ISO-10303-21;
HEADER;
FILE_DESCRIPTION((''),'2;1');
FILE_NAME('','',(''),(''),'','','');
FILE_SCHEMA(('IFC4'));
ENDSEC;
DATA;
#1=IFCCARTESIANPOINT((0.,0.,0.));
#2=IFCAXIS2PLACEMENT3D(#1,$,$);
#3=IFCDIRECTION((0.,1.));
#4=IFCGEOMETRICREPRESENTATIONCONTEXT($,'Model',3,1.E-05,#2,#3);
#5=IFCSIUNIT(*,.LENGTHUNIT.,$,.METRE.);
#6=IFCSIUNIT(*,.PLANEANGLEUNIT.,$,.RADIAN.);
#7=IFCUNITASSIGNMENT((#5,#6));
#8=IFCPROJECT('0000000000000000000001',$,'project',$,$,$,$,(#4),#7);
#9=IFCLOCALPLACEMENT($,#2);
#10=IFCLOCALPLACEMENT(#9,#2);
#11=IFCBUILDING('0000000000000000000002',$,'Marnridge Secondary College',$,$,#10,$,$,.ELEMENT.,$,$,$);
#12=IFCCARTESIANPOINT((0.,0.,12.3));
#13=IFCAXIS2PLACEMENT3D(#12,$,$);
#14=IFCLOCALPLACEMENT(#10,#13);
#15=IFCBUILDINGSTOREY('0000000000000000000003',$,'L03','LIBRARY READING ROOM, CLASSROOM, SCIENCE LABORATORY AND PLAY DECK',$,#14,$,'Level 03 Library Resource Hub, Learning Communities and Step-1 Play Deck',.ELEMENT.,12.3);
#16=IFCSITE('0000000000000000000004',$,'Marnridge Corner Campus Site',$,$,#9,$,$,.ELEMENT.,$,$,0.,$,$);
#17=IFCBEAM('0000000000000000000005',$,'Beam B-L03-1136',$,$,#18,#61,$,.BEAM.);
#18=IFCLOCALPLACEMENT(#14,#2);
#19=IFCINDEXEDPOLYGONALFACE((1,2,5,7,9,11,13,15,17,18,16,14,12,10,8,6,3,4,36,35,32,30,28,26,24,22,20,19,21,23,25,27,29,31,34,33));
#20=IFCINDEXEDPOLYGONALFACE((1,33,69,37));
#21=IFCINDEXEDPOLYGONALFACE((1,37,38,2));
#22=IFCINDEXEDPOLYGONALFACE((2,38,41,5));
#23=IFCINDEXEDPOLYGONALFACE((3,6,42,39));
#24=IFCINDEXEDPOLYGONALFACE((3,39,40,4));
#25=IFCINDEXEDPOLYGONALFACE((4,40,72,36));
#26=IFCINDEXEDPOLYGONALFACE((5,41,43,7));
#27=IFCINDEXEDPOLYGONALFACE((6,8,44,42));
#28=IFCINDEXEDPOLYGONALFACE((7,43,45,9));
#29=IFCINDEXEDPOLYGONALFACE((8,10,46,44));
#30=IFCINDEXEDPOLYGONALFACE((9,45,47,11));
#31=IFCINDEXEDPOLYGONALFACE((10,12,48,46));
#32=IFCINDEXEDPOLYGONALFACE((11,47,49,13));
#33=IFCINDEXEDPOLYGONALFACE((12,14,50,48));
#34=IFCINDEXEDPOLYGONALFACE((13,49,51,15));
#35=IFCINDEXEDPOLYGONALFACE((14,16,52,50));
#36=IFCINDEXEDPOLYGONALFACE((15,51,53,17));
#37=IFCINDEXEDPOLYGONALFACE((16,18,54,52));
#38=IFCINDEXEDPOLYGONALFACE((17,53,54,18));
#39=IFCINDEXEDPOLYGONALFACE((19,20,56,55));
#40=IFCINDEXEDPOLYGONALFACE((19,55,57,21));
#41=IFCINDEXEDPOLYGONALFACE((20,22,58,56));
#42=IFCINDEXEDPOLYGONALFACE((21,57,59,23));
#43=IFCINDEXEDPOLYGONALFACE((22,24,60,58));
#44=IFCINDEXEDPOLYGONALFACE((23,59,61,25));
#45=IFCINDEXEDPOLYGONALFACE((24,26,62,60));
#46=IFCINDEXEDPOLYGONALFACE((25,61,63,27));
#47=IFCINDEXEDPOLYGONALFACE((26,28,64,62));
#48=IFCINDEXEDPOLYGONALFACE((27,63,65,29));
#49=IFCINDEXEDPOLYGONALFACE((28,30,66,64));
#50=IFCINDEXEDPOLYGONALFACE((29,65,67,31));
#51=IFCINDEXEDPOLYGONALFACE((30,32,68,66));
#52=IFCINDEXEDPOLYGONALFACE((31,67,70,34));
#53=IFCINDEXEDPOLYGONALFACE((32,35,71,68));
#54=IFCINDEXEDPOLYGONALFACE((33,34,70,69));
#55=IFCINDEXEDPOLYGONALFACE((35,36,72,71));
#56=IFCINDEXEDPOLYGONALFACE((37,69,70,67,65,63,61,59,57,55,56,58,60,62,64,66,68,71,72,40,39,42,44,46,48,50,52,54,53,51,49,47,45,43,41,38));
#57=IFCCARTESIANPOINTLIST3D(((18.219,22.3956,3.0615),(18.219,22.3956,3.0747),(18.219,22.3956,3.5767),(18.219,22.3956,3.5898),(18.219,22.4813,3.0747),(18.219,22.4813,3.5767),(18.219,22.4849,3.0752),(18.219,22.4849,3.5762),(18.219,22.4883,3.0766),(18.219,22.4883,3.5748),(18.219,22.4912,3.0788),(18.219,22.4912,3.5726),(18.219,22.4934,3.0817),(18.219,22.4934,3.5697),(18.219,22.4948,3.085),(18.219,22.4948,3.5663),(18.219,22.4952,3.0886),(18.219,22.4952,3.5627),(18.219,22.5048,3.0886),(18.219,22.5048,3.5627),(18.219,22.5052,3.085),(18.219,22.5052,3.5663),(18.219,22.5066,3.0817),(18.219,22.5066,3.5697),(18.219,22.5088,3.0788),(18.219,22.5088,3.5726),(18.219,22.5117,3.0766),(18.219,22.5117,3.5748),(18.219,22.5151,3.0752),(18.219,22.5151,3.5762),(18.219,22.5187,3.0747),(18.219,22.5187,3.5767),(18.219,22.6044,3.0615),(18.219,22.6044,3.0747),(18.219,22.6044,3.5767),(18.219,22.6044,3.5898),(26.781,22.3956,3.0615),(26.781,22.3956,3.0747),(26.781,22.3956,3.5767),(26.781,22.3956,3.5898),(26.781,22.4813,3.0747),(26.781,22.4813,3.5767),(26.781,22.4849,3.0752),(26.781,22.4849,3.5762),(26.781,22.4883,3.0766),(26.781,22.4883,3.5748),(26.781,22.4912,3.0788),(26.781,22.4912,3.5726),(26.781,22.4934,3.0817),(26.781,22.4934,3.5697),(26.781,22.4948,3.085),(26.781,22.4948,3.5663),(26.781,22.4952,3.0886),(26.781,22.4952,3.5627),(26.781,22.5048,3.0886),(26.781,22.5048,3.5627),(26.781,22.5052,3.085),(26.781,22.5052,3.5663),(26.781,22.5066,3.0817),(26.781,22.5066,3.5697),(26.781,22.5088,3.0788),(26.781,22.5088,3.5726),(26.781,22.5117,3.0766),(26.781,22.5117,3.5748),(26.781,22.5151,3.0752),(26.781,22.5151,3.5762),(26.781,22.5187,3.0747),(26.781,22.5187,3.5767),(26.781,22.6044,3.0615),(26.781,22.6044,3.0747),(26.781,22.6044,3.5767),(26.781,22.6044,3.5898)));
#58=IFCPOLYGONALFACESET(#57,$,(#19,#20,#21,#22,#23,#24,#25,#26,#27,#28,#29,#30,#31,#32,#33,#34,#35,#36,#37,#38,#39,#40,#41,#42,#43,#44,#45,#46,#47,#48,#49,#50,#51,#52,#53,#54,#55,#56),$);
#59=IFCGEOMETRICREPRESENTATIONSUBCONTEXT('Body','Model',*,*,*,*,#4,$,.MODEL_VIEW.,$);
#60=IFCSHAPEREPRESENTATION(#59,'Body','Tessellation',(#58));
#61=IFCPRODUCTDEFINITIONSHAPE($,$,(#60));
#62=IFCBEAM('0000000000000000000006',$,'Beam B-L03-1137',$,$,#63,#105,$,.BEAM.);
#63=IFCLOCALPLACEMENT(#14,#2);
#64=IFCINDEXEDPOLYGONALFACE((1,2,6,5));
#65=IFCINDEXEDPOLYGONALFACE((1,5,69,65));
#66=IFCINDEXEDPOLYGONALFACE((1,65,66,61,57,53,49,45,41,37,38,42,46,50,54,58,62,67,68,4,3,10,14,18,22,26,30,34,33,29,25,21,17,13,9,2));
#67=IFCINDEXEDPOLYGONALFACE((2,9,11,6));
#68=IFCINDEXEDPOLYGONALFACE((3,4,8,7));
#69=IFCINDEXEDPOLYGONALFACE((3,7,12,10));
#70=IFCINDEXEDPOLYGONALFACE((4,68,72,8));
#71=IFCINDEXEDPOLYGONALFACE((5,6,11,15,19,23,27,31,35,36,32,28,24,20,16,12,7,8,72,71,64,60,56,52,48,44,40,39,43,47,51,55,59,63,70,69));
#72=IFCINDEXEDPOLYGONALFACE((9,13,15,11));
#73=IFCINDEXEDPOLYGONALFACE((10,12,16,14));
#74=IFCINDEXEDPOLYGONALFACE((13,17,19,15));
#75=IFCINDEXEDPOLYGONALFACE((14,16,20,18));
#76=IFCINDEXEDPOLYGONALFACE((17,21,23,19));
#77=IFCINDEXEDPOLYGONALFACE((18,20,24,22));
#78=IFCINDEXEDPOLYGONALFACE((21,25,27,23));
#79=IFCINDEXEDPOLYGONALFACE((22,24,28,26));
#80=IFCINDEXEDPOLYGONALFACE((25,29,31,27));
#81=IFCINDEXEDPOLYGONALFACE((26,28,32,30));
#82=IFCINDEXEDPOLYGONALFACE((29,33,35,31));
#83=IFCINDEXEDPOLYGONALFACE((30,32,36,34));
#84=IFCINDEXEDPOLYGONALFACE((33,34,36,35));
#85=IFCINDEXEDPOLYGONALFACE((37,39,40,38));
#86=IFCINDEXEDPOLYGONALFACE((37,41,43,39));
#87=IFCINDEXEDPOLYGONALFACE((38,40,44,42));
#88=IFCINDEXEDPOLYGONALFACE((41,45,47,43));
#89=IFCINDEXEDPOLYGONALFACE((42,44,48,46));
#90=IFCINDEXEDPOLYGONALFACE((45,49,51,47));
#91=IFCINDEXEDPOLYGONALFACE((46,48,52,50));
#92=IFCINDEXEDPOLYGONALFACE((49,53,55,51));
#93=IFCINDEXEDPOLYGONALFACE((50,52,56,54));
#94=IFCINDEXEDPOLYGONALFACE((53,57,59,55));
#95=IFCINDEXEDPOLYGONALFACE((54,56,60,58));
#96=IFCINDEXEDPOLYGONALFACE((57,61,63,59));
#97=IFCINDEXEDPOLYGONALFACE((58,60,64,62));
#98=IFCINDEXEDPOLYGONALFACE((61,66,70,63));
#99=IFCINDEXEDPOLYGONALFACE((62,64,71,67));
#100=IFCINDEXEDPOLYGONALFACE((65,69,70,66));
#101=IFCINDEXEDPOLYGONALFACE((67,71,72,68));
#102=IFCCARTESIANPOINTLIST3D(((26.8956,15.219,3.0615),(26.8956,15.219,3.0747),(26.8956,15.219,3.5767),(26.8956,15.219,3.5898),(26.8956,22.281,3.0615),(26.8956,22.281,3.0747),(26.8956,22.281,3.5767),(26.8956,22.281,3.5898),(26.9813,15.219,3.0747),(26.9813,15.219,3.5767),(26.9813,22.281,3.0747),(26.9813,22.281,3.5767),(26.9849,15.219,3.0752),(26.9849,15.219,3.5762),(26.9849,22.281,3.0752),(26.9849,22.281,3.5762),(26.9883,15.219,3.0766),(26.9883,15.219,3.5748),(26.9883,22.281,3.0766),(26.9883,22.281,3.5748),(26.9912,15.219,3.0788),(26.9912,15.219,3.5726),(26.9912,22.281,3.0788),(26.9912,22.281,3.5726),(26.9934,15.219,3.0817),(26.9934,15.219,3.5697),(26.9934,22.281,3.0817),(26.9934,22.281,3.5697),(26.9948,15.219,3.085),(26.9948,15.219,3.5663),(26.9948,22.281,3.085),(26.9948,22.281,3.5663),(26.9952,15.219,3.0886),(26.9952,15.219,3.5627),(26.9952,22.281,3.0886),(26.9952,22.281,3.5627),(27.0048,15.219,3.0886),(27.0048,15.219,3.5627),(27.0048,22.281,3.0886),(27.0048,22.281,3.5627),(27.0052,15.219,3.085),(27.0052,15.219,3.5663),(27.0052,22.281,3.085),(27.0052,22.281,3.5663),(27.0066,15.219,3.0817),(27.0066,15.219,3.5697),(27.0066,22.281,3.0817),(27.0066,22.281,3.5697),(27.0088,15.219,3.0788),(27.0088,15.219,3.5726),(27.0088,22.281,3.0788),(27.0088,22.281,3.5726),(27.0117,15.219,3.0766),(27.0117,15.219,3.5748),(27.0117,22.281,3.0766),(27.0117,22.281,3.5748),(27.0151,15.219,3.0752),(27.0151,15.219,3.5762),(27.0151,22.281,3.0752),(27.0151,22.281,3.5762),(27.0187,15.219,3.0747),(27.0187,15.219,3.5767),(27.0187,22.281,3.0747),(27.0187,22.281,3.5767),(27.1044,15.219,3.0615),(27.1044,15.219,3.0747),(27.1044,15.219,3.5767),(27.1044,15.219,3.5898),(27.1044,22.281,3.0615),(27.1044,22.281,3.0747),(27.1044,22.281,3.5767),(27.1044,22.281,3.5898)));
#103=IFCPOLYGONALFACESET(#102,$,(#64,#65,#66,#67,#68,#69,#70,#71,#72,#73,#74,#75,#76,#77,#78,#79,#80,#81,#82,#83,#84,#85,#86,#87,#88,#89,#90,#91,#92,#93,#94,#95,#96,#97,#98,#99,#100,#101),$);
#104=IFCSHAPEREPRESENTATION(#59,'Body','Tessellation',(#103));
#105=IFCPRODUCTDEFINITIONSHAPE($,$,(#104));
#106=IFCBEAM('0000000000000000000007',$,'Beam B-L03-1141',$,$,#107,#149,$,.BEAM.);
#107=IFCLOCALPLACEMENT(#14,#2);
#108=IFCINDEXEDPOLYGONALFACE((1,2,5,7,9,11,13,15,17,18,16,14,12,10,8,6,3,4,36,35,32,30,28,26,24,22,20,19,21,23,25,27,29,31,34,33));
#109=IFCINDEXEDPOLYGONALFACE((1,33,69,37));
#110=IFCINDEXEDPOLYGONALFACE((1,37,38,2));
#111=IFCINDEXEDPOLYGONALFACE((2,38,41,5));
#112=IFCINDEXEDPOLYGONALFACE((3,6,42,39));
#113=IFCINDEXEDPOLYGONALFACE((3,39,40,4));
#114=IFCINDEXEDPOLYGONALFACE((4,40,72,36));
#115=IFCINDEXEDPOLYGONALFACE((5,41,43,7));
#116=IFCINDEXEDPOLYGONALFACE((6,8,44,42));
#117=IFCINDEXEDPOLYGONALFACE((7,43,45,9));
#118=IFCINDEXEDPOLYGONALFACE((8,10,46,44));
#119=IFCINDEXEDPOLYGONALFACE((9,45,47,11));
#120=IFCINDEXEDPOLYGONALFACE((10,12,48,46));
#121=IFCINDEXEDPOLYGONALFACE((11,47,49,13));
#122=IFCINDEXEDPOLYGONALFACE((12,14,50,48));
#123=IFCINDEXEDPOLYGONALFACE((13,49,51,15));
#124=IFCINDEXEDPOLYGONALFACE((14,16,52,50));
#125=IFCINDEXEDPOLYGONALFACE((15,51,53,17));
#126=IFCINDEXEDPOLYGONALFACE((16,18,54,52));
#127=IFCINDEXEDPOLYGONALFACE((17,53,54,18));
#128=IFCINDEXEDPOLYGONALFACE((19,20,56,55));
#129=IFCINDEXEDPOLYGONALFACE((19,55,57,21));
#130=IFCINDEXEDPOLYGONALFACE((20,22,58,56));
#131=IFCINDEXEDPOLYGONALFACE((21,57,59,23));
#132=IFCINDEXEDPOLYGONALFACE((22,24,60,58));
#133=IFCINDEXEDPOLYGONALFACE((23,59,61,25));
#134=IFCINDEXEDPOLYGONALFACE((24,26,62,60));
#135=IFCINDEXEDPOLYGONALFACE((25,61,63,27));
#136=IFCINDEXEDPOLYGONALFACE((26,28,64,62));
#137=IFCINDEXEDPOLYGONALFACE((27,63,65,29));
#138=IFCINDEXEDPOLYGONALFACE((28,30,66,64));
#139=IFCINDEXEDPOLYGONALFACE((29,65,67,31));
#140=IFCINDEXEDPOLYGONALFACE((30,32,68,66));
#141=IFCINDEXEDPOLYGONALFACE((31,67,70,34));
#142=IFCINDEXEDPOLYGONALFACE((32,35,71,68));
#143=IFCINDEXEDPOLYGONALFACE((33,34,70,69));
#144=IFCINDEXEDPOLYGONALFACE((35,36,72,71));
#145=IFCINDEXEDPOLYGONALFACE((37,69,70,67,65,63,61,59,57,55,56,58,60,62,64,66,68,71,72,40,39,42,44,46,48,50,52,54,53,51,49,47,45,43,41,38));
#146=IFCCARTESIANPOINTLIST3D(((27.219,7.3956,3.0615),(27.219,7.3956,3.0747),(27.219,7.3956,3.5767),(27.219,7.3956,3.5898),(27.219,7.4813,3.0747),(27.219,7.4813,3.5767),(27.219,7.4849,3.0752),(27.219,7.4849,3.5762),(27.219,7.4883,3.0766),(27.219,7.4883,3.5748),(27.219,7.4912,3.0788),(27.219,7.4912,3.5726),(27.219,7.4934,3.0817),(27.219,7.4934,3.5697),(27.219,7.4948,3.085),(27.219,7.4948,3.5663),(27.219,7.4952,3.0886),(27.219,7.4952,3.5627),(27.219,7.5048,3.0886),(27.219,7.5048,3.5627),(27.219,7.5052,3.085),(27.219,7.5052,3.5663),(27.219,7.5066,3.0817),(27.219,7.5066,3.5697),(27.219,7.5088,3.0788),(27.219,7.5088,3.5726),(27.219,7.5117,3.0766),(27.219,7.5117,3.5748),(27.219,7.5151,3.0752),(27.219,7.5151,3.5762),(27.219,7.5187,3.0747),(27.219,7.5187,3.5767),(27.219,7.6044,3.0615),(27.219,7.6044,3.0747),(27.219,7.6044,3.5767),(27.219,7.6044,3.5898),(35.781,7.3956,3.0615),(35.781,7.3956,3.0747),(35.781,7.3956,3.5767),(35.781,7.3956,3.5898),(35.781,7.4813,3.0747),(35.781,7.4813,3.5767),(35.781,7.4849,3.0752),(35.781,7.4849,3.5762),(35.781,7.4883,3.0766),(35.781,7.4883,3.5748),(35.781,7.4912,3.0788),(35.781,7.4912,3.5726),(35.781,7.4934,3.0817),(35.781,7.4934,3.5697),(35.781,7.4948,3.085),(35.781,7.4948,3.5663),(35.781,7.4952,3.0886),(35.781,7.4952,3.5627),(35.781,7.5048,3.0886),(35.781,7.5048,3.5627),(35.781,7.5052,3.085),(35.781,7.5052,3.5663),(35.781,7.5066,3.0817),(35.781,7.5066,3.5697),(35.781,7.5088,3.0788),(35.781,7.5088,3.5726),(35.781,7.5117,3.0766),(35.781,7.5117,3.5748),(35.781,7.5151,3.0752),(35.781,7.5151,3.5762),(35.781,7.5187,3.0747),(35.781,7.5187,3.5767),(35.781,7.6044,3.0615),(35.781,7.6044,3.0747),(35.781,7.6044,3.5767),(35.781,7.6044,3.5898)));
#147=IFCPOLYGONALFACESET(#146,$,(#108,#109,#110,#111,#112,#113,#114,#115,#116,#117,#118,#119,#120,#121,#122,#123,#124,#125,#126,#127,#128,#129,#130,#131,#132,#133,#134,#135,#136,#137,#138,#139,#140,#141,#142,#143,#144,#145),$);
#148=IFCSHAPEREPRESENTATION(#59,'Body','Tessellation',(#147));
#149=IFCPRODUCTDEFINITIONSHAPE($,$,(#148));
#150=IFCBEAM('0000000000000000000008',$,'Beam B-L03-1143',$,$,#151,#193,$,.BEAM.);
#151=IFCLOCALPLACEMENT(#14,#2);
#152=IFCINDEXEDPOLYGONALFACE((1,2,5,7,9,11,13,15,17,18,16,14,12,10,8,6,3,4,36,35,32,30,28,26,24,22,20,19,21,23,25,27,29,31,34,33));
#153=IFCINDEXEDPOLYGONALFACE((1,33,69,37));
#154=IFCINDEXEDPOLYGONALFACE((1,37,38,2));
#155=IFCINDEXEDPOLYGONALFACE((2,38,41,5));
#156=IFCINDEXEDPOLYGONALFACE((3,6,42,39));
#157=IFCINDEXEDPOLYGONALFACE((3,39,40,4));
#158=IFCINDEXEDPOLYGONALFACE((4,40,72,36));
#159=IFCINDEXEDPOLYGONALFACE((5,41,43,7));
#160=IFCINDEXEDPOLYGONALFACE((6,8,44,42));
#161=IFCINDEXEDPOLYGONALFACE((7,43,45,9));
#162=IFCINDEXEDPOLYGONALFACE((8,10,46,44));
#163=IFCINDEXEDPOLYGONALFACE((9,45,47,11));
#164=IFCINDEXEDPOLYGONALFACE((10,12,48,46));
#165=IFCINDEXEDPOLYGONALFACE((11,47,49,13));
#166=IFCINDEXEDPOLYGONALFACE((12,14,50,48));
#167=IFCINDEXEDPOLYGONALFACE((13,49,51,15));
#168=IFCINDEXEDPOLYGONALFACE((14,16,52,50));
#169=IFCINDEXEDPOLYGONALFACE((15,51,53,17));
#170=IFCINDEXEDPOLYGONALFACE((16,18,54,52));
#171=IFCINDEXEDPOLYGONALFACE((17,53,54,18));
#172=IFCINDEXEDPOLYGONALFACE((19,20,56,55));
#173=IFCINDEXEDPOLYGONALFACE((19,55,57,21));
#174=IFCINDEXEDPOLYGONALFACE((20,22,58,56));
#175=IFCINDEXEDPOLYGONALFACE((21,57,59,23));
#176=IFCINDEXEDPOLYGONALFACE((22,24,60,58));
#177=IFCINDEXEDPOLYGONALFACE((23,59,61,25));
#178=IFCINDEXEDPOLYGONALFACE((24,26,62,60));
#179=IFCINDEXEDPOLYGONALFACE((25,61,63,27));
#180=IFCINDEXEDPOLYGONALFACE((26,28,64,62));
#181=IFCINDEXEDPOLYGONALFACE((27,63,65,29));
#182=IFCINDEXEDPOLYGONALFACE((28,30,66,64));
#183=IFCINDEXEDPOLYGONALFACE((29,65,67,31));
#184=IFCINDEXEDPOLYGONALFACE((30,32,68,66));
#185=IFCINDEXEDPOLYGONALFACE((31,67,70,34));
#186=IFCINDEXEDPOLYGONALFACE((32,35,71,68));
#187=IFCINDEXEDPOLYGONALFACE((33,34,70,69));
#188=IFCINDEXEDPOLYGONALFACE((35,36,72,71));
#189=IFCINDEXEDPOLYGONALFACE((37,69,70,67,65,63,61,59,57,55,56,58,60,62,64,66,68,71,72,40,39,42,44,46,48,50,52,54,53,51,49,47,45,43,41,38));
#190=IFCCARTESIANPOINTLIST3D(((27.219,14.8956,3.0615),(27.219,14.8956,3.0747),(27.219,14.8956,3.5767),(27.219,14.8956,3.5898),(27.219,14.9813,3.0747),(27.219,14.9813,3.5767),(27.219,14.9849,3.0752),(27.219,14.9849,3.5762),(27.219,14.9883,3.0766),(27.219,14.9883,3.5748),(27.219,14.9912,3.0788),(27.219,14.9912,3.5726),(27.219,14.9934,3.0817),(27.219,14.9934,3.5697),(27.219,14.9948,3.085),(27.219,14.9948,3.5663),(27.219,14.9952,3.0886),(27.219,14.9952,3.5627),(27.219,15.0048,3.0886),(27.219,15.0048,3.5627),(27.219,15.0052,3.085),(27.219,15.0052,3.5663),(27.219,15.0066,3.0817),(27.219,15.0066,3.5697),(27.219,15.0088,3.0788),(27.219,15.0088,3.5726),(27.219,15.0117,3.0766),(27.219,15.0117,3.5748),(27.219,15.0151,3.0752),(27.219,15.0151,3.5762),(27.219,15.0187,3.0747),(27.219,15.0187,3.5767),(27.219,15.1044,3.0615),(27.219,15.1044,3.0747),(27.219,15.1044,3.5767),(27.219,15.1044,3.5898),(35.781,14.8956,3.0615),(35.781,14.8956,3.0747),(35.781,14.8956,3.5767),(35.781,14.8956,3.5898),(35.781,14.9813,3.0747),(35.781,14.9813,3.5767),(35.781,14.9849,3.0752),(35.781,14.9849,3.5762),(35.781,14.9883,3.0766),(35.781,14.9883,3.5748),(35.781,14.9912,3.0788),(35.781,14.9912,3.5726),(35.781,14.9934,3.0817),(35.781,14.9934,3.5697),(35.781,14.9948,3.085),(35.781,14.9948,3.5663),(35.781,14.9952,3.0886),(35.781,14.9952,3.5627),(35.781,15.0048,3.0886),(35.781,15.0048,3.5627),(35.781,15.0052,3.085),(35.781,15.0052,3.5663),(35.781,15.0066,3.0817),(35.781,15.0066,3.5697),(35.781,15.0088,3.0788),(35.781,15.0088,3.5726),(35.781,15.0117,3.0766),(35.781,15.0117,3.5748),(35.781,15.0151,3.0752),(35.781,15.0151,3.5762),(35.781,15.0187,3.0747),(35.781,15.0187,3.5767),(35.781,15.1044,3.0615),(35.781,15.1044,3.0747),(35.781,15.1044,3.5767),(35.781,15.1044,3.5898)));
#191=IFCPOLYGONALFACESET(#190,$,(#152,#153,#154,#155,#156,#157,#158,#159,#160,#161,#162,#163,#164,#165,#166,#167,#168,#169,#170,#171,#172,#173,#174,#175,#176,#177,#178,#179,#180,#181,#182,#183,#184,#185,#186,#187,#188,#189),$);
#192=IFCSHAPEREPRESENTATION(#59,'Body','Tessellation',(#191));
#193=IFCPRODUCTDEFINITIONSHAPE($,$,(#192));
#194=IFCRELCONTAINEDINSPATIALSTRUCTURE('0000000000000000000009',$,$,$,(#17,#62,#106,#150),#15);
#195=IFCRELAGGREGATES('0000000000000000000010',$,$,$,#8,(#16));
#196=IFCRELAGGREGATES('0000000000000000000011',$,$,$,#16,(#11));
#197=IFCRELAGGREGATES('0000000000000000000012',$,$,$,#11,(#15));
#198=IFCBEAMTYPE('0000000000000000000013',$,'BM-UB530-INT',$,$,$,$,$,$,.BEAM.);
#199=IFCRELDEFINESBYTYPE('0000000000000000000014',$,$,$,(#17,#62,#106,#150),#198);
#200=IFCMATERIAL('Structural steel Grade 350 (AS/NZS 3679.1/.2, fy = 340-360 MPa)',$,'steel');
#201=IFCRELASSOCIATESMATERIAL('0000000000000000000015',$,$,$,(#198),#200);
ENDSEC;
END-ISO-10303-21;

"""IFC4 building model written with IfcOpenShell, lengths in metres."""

from ifc_helpers import new_model, si_unit, direction, frame, origin, origin_2d, place, context, subcontext, project, spatial, i_section, extrude, material, material_profile, profile_set, type_object, element, save


model = new_model("IFC4")

# Units and contexts
model_context = context("Model", 3, precision=1e-05, world=origin(), true_north=direction((0.0, 1.0)))
body_context = subcontext(model_context, "Body", "Model", "MODEL_VIEW")
ifc_project = project(units=[si_unit("LENGTHUNIT", "METRE"), si_unit("PLANEANGLEUNIT", "RADIAN")], contexts=[model_context])

# Site, building, storey
site_placement = place(None, origin())
site = spatial("IfcSite", under=ifc_project, at=site_placement, Name="Marnridge Corner Campus Site", CompositionType="ELEMENT", RefElevation=0.0)
building_placement = place(site_placement, origin())
building = spatial("IfcBuilding", under=site, at=building_placement, Name="Marnridge Secondary College", CompositionType="ELEMENT")
storey_placement = place(building_placement, frame((0.0, 0.0, 12.3)))
storey = spatial("IfcBuildingStorey", under=building, at=storey_placement, Name="L03", Description="LIBRARY READING ROOM, CLASSROOM, SCIENCE LABORATORY AND PLAY DECK", LongName="Level 03 Library Resource Hub, Learning Communities and Step-1 Play Deck", CompositionType="ELEMENT", Elevation=12.3)

# Beams
ifc_material_1 = material(Name="Structural steel Grade 350 (AS/NZS 3679.1/.2, fy = 340-360 MPa)", Category="steel")
ifc_material_profile_1 = material_profile(ifc_material_1, i_section(OverallWidth=0.2087, OverallDepth=0.5283, WebThickness=0.0095, FlangeThickness=0.0132, FilletRadius=0.0139, at=origin_2d()), Name="530UB82.0")
ifc_profile_set_1 = profile_set([ifc_material_profile_1], Name="Structural steel Grade 350 (AS/NZS 3679.1/.2, fy = 340-360 MPa)")
beam_type_1 = type_object("IfcBeamType", Name="BM-UB530-INT", PredefinedType="BEAM", material=ifc_profile_set_1)
beam_1_placement = place(storey_placement, frame((18.219, 22.5, 3.3257), z_axis=(1.0, 0.0, 0.0), x_axis=(0.0, 1.0, 0.0)))
element("IfcBeam", 1, at=beam_1_placement, inside=storey, type_object=beam_type_1, Name="Beam B-L03-1136", PredefinedType="BEAM", context=body_context, shape_type="SweptSolid", body=[
    extrude(i_section(OverallWidth=0.2087, OverallDepth=0.5283, WebThickness=0.0095, FlangeThickness=0.0132, FilletRadius=0.0139, at=origin_2d()), origin(), (0.0, 0.0, 1.0), 8.562),
])
beam_2_placement = place(storey_placement, frame((27.0, 15.219, 3.3257), z_axis=(0.0, 1.0, 0.0), x_axis=(-1.0, 0.0, 0.0)))
element("IfcBeam", 2, at=beam_2_placement, inside=storey, type_object=beam_type_1, Name="Beam B-L03-1137", PredefinedType="BEAM", context=body_context, shape_type="SweptSolid", body=[
    extrude(i_section(OverallWidth=0.2087, OverallDepth=0.5283, WebThickness=0.0095, FlangeThickness=0.0132, FilletRadius=0.0139, at=origin_2d()), origin(), (0.0, 0.0, 1.0), 7.062),
])
for number, where, z_axis, x_axis, name in (
    (3, (27.219, 7.5, 3.3257), (1.0, 0.0, 0.0), (0.0, 1.0, 0.0), "Beam B-L03-1141"),
    (4, (27.219, 15.0, 3.3257), (1.0, 0.0, 0.0), (0.0, 1.0, 0.0), "Beam B-L03-1143"),
):
    element("IfcBeam", number, at=place(storey_placement, frame(where, z_axis=z_axis, x_axis=x_axis)), inside=storey, type_object=beam_type_1, Name=name, PredefinedType="BEAM", context=body_context, shape_type="SweptSolid", body=[
        extrude(i_section(OverallWidth=0.2087, OverallDepth=0.5283, WebThickness=0.0095, FlangeThickness=0.0132, FilletRadius=0.0139, at=origin_2d()), origin(), (0.0, 0.0, 1.0), 8.562),
    ])

save(model, "model.ifc")
